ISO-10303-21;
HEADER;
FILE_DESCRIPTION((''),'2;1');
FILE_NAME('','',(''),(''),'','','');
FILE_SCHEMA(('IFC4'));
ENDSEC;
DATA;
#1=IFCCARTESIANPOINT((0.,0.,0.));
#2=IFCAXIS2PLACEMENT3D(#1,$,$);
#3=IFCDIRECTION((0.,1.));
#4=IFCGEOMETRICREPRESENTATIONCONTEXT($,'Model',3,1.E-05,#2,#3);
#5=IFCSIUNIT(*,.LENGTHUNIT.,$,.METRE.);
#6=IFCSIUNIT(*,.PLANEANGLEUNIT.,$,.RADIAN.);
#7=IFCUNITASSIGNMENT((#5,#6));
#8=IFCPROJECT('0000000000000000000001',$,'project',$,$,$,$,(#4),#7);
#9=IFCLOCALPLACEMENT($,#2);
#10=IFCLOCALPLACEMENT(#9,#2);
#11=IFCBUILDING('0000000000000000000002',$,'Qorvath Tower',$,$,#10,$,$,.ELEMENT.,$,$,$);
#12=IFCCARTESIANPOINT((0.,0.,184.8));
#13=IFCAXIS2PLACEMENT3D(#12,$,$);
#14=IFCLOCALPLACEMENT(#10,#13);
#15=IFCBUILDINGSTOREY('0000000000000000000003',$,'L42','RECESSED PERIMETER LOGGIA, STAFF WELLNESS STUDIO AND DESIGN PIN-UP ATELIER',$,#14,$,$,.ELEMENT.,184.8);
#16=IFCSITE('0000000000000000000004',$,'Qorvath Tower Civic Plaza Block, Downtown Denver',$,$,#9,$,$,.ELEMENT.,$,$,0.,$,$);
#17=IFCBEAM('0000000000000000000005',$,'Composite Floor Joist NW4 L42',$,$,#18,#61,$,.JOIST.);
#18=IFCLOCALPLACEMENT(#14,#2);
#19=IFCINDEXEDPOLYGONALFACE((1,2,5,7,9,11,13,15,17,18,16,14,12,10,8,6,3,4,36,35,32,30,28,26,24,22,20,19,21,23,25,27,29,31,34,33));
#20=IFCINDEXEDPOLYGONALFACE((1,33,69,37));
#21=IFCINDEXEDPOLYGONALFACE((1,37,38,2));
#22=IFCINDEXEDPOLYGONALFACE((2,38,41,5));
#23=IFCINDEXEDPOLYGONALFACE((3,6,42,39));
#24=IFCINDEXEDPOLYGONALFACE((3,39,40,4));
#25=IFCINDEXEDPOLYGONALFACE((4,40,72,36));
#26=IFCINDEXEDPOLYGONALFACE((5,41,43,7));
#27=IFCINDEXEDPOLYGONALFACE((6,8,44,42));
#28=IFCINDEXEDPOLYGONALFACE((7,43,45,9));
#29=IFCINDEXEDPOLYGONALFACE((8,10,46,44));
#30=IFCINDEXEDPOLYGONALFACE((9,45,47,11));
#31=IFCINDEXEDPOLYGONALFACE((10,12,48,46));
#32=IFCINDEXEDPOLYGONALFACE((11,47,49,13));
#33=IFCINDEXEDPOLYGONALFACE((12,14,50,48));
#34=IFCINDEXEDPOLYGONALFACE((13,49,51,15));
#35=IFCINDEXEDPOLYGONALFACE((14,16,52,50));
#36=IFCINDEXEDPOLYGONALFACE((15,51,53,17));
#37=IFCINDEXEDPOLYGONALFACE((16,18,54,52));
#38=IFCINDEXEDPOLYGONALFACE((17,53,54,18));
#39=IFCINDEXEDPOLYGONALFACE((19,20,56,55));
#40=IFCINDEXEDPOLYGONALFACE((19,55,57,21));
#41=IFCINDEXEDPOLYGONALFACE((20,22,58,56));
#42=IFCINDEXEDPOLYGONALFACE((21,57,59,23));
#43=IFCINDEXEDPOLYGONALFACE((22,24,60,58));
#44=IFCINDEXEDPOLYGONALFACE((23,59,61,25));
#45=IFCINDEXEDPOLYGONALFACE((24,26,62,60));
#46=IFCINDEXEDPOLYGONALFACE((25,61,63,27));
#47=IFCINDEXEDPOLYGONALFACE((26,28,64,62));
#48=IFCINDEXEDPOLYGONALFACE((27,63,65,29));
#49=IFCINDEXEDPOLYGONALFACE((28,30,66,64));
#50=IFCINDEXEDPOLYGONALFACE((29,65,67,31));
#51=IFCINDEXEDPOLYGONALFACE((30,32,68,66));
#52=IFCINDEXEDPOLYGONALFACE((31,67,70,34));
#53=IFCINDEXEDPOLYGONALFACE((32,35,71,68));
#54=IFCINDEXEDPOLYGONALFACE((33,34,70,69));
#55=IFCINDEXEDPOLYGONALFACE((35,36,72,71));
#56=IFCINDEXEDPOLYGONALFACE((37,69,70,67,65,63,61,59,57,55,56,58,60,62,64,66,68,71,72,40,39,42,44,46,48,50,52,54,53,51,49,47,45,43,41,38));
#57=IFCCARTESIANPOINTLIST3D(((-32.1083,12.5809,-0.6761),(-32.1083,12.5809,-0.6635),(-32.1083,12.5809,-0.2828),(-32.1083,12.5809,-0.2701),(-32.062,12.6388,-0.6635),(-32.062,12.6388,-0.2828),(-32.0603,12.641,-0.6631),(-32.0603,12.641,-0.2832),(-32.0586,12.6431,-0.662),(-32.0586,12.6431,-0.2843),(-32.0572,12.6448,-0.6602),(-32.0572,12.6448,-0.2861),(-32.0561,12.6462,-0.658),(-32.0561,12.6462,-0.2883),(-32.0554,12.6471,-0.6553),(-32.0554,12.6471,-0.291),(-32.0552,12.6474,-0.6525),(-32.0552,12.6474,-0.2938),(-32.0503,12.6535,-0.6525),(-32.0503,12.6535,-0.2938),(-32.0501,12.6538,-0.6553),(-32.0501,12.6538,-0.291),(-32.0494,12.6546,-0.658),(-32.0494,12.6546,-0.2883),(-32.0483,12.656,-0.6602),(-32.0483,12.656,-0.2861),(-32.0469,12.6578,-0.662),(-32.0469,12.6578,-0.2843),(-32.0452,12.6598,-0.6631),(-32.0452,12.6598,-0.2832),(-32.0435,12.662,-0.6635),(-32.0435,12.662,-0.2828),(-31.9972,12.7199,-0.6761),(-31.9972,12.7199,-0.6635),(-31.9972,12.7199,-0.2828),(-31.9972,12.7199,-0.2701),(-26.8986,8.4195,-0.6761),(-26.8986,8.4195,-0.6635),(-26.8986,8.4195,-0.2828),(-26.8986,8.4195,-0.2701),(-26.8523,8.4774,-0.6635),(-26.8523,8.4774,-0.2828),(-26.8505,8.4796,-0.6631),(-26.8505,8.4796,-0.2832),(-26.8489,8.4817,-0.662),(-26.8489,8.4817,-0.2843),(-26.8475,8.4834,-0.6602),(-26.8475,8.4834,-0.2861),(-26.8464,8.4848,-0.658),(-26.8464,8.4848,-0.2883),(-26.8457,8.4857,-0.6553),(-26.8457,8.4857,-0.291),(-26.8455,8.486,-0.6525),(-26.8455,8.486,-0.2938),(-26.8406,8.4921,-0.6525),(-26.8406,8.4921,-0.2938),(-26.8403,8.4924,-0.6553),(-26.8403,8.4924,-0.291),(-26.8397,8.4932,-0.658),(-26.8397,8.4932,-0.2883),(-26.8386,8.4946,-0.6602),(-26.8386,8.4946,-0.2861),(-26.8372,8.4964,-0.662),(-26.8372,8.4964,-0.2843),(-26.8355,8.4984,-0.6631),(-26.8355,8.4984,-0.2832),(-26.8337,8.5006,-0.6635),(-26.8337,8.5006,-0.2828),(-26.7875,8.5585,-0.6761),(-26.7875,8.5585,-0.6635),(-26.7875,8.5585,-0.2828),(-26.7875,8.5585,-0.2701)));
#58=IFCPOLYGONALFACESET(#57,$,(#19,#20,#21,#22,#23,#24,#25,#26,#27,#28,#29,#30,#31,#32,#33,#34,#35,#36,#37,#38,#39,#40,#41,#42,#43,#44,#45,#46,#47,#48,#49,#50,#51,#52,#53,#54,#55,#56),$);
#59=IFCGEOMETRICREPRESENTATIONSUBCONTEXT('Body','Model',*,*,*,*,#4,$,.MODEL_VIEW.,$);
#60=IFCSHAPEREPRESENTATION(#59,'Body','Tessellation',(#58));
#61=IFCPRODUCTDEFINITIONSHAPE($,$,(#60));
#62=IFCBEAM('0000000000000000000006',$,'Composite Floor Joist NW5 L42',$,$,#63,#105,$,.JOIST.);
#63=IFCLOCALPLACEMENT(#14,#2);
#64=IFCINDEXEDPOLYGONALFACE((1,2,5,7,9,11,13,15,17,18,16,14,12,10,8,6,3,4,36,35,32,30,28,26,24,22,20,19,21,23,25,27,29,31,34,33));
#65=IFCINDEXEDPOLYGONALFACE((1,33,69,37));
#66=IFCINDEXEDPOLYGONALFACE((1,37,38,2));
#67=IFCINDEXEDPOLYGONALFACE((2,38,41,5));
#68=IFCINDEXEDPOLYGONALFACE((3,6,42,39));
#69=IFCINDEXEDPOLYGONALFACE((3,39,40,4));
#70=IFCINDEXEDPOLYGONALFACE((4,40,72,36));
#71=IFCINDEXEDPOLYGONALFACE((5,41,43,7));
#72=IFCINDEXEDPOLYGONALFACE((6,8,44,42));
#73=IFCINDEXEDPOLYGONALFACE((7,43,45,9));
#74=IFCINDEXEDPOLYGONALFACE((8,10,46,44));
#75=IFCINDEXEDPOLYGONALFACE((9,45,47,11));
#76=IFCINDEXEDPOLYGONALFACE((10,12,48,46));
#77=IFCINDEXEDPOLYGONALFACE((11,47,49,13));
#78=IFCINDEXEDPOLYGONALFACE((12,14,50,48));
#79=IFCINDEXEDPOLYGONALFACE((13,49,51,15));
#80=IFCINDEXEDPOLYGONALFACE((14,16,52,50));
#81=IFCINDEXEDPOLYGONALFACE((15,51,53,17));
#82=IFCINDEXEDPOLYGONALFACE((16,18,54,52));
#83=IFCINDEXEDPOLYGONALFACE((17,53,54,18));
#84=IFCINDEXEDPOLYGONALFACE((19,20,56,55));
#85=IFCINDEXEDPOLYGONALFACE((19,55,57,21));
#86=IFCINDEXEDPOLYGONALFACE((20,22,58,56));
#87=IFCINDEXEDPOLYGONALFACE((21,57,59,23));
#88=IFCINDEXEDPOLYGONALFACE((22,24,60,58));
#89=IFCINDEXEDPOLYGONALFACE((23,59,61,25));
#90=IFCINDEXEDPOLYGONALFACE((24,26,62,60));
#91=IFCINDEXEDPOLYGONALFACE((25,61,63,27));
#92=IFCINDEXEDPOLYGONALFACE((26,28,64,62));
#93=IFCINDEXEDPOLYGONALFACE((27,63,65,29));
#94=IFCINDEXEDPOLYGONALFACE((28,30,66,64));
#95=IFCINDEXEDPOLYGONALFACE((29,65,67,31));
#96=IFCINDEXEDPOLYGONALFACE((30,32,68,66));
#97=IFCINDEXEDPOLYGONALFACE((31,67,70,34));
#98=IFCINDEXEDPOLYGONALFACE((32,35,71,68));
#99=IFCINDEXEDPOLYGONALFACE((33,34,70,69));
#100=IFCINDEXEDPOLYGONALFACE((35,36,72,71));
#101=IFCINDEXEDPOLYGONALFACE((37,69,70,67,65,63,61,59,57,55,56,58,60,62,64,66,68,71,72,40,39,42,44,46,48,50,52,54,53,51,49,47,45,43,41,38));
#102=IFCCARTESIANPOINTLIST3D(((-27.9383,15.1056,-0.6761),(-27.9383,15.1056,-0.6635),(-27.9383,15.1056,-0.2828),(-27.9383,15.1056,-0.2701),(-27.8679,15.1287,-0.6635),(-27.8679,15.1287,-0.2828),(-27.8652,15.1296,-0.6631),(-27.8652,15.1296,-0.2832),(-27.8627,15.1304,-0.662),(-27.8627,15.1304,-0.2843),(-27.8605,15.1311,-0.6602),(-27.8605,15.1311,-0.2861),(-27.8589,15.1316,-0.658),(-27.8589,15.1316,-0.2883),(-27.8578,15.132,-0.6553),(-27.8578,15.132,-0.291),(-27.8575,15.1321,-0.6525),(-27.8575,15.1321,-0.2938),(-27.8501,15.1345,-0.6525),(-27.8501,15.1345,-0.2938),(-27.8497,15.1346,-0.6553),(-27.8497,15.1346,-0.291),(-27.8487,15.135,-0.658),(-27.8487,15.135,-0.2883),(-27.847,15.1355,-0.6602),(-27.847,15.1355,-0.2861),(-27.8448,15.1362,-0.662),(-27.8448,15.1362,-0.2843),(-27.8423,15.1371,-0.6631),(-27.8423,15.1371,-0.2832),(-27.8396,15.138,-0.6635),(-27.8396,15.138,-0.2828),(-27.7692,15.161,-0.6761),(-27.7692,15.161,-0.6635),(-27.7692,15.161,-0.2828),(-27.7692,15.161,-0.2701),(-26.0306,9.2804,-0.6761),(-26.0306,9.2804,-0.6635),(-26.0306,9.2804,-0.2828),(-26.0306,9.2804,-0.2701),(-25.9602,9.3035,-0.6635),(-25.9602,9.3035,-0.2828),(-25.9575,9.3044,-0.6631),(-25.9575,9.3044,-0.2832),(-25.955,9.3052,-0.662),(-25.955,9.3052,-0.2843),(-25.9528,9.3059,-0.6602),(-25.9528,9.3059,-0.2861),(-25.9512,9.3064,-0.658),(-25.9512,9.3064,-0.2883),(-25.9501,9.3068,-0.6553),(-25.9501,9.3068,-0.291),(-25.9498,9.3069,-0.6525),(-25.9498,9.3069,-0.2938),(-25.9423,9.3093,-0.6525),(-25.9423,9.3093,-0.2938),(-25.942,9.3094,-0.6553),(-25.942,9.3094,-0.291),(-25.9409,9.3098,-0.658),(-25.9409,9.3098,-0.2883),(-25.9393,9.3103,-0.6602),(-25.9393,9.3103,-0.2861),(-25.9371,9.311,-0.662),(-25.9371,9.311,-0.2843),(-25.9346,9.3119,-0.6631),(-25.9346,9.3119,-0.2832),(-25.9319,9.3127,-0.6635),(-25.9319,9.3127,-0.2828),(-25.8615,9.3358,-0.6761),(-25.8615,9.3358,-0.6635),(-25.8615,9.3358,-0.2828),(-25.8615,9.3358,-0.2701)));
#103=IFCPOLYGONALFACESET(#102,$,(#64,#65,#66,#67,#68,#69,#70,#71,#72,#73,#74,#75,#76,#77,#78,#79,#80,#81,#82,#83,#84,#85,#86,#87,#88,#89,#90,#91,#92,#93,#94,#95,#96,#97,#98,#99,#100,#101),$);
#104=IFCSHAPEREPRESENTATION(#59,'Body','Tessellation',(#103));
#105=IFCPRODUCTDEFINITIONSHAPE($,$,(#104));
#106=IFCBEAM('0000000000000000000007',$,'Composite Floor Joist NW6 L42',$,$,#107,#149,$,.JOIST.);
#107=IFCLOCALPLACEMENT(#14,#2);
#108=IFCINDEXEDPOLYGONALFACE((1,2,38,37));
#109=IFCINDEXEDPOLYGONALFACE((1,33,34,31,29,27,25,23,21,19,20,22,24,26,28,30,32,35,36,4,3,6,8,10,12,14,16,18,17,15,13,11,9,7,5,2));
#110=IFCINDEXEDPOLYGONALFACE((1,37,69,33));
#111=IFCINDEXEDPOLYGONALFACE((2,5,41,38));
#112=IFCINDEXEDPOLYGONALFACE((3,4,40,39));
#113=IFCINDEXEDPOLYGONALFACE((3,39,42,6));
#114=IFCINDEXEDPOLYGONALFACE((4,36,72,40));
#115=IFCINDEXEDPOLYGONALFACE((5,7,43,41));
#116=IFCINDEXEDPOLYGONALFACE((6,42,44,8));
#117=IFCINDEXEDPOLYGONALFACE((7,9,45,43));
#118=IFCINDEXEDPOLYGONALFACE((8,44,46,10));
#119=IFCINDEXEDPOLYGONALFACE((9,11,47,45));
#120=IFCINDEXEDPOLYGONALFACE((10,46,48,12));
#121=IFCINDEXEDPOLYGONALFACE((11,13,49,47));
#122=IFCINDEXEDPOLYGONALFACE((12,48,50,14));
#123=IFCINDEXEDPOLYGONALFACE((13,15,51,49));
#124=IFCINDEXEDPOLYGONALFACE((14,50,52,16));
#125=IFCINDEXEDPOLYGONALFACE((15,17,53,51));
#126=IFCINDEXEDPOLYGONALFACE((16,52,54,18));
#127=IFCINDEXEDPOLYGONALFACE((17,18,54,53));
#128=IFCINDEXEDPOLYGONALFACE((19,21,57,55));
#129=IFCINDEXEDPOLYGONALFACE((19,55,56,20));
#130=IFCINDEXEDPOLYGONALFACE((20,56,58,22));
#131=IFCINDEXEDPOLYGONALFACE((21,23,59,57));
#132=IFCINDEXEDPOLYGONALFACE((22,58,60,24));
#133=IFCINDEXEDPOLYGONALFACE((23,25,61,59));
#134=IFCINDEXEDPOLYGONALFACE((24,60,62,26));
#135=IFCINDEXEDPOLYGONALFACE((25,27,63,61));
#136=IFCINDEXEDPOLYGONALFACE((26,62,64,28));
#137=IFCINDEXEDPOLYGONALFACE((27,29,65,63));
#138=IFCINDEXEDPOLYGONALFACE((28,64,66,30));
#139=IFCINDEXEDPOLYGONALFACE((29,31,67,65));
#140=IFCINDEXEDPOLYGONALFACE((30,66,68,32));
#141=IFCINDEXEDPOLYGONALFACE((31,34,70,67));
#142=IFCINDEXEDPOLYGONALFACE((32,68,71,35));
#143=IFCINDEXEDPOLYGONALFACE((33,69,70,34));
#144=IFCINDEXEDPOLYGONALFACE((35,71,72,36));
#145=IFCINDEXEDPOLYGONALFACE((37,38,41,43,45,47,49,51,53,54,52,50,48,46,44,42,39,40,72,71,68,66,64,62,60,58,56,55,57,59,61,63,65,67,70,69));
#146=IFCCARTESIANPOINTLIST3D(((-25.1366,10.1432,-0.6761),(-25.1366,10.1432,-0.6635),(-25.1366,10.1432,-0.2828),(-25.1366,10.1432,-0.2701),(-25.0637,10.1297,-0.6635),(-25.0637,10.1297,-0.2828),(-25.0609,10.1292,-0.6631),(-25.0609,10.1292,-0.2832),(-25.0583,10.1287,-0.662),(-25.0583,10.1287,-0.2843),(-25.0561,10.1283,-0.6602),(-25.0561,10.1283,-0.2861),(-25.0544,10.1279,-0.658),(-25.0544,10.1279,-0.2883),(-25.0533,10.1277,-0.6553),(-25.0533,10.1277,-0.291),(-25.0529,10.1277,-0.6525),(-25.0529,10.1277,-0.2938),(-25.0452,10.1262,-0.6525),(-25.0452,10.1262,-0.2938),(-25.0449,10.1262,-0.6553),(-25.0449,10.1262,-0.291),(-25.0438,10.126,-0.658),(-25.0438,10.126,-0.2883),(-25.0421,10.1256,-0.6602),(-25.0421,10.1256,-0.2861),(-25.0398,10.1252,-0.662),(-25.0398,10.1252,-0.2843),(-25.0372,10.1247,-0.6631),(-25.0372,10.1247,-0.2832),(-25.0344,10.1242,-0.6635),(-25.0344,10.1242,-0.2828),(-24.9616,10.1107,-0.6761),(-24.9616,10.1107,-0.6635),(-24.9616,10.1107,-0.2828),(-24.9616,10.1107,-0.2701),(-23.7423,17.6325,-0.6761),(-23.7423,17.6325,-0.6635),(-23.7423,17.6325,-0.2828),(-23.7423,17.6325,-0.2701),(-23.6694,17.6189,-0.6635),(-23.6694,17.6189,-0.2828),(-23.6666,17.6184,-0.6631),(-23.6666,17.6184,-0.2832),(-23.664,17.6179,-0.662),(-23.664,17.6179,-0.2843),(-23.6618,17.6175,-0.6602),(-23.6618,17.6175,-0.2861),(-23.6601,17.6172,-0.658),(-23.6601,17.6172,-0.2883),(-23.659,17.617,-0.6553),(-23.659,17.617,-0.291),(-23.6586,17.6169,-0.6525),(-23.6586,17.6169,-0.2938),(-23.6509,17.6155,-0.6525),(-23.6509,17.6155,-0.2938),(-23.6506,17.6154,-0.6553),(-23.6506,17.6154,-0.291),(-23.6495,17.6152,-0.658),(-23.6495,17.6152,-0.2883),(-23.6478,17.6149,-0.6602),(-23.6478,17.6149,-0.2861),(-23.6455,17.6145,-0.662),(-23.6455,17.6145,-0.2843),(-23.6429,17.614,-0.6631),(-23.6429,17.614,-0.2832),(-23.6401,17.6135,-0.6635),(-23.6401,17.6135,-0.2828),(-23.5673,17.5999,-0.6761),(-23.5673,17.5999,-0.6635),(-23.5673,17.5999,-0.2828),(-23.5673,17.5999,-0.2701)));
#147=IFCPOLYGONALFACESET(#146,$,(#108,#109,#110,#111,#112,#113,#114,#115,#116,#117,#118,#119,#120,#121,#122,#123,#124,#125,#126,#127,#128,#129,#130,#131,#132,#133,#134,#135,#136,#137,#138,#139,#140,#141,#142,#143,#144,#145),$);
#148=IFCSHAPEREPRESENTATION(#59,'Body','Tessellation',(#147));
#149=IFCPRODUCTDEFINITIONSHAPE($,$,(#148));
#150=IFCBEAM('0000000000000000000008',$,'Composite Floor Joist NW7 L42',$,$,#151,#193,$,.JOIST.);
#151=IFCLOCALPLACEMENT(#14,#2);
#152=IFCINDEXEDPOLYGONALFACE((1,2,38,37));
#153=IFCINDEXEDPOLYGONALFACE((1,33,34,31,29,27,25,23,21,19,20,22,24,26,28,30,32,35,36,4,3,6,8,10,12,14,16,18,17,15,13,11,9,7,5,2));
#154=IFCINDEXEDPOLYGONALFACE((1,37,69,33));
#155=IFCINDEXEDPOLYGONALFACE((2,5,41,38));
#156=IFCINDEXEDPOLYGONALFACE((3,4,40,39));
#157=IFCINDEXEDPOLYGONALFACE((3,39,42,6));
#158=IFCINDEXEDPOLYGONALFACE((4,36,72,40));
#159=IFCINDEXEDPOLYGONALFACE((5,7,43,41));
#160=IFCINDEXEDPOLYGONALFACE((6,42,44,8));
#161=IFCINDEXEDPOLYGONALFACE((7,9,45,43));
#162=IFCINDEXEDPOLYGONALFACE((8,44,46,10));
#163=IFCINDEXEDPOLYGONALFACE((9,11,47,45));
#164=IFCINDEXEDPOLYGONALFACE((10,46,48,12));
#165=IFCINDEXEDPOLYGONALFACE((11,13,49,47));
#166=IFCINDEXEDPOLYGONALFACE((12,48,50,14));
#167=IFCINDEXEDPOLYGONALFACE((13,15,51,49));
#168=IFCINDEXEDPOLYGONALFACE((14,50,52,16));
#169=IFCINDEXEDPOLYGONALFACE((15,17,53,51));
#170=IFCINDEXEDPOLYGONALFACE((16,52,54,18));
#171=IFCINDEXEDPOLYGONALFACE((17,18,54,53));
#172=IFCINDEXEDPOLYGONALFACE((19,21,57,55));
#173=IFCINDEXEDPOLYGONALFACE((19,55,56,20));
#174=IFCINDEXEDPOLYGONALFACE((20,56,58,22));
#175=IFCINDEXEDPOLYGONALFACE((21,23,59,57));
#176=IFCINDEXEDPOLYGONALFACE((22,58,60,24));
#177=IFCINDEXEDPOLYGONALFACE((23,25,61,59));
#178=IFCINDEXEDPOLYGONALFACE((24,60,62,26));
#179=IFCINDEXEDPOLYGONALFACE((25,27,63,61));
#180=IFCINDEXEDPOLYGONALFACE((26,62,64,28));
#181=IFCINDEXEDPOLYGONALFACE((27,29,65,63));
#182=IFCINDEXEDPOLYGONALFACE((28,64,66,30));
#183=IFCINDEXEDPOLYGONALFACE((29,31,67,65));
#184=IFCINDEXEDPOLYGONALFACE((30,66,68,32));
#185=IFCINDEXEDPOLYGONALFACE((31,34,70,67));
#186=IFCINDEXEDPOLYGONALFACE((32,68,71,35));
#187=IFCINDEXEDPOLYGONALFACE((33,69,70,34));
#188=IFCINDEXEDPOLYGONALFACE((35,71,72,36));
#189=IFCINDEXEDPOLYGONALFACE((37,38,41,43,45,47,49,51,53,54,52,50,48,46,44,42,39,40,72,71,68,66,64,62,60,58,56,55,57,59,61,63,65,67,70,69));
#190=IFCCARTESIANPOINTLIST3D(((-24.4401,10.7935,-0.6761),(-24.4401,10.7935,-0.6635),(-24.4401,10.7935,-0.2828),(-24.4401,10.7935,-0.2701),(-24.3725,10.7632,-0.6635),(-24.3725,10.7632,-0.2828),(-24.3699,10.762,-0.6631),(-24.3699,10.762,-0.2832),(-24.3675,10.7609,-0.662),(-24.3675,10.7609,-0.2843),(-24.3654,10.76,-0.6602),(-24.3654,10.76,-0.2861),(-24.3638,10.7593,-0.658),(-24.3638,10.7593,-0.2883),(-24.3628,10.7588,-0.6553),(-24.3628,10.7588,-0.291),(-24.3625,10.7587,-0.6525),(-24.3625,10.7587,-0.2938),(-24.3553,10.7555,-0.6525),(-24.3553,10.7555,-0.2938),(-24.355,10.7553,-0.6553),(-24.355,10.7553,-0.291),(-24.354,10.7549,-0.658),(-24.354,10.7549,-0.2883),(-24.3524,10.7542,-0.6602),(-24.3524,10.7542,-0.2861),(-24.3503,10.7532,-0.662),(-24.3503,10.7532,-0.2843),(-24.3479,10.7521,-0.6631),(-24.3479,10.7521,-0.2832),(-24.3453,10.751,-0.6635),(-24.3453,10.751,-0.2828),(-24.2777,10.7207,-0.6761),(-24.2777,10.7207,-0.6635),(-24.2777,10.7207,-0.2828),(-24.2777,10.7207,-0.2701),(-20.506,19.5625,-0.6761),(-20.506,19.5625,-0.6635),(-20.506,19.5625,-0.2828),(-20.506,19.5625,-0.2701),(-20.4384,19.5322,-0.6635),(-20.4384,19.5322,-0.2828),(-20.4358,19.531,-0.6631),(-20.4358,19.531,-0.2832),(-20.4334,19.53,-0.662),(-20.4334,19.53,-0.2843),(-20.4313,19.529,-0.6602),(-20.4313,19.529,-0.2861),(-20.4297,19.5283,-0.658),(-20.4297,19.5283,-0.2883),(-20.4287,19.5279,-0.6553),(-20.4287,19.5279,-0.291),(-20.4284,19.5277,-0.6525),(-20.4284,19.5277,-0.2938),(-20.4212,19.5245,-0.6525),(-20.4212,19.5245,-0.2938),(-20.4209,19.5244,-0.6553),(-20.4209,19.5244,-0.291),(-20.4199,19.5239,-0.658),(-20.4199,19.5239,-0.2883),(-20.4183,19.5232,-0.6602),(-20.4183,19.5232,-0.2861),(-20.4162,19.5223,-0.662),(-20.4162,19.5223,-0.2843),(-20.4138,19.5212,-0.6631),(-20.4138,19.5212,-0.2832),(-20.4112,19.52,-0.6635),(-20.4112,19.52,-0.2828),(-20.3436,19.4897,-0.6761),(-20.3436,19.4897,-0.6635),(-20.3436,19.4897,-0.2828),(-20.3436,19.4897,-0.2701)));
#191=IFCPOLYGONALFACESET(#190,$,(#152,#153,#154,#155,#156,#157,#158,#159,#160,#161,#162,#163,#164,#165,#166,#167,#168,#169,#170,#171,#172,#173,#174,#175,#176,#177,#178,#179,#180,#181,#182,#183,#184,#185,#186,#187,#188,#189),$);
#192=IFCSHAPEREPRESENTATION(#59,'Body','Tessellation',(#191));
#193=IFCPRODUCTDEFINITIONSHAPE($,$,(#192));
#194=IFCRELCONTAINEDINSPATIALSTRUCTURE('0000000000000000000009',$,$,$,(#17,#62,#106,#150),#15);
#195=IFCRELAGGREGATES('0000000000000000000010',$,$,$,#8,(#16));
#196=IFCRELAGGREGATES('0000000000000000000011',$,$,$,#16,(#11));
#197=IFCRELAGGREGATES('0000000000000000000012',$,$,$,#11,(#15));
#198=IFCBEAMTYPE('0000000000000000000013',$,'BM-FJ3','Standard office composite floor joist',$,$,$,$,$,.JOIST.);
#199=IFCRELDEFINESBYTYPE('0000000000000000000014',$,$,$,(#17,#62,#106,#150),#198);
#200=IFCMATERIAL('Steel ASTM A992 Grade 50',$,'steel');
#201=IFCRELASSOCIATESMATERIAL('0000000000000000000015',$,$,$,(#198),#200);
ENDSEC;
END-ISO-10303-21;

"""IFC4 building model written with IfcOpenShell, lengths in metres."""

from ifc_helpers import new_model, si_unit, direction, frame, origin, origin_2d, place, context, subcontext, project, spatial, i_section, extrude, material, material_profile, profile_set, type_object, element, save


model = new_model("IFC4")

# Units and contexts
model_context = context("Model", 3, precision=1e-05, world=origin(), true_north=direction((0.0, 1.0)))
body_context = subcontext(model_context, "Body", "Model", "MODEL_VIEW")
ifc_project = project(units=[si_unit("LENGTHUNIT", "METRE"), si_unit("PLANEANGLEUNIT", "RADIAN")], contexts=[model_context])

# Site, building, storey
site_placement = place(None, origin())
site = spatial("IfcSite", under=ifc_project, at=site_placement, Name="Qorvath Tower Civic Plaza Block, Downtown Denver", CompositionType="ELEMENT", RefElevation=0.0)
building_placement = place(site_placement, origin())
building = spatial("IfcBuilding", under=site, at=building_placement, Name="Qorvath Tower", CompositionType="ELEMENT")
storey_placement = place(building_placement, frame((0.0, 0.0, 184.8)))
storey = spatial("IfcBuildingStorey", under=building, at=storey_placement, Name="L42", Description="RECESSED PERIMETER LOGGIA, STAFF WELLNESS STUDIO AND DESIGN PIN-UP ATELIER", CompositionType="ELEMENT", Elevation=184.8)

# Beams
ifc_material_1 = material(Name="Steel ASTM A992 Grade 50", Category="steel")
ifc_material_profile_1 = material_profile(ifc_material_1, i_section(OverallWidth=0.178, OverallDepth=0.406, WebThickness=0.0078, FlangeThickness=0.0127, FilletRadius=0.011, at=origin_2d()), Name="W16x40")
ifc_profile_set_1 = profile_set([ifc_material_profile_1], Name="Steel ASTM A992 Grade 50")
beam_type_1 = type_object("IfcBeamType", Name="BM-FJ3", Description="Standard office composite floor joist", PredefinedType="JOIST", material=ifc_profile_set_1)
beam_1_placement = place(storey_placement, frame((-26.843, 8.489, -0.4731), z_axis=(-0.781337, 0.62411, 0.0), x_axis=(-0.62411, -0.781337, 0.0)))
element("IfcBeam", 1, at=beam_1_placement, inside=storey, type_object=beam_type_1, Name="Composite Floor Joist NW4 L42", PredefinedType="JOIST", context=body_context, shape_type="SweptSolid", body=[
    extrude(i_section(OverallWidth=0.178, OverallDepth=0.406, WebThickness=0.0078, FlangeThickness=0.0127, FilletRadius=0.011, at=origin_2d()), origin(), (0.0, 0.0, 1.0), 6.6677),
])
beam_2_placement = place(storey_placement, frame((-25.946, 9.3081, -0.4731), z_axis=(-0.311229, 0.950335, 0.0), x_axis=(-0.950335, -0.311229, 0.0)))
element("IfcBeam", 2, at=beam_2_placement, inside=storey, type_object=beam_type_1, Name="Composite Floor Joist NW5 L42", PredefinedType="JOIST", context=body_context, shape_type="SweptSolid", body=[
    extrude(i_section(OverallWidth=0.178, OverallDepth=0.406, WebThickness=0.0078, FlangeThickness=0.0127, FilletRadius=0.011, at=origin_2d()), origin(), (0.0, 0.0, 1.0), 6.1296),
])
beam_3_placement = place(storey_placement, frame((-25.0491, 10.127, -0.4731), z_axis=(0.183027, 0.983108, 0.0), x_axis=(-0.983108, 0.183027, 0.0)))
element("IfcBeam", 3, at=beam_3_placement, inside=storey, type_object=beam_type_1, Name="Composite Floor Joist NW6 L42", PredefinedType="JOIST", context=body_context, shape_type="SweptSolid", body=[
    extrude(i_section(OverallWidth=0.178, OverallDepth=0.406, WebThickness=0.0078, FlangeThickness=0.0127, FilletRadius=0.011, at=origin_2d()), origin(), (0.0, 0.0, 1.0), 7.6179),
])
beam_4_placement = place(storey_placement, frame((-24.3589, 10.7571, -0.4731), z_axis=(0.409327, 0.912388, 0.0), x_axis=(-0.912388, 0.409327, 0.0)))
element("IfcBeam", 4, at=beam_4_placement, inside=storey, type_object=beam_type_1, Name="Composite Floor Joist NW7 L42", PredefinedType="JOIST", context=body_context, shape_type="SweptSolid", body=[
    extrude(i_section(OverallWidth=0.178, OverallDepth=0.406, WebThickness=0.0078, FlangeThickness=0.0127, FilletRadius=0.011, at=origin_2d()), origin(), (0.0, 0.0, 1.0), 9.6111),
])

save(model, "model.ifc")
